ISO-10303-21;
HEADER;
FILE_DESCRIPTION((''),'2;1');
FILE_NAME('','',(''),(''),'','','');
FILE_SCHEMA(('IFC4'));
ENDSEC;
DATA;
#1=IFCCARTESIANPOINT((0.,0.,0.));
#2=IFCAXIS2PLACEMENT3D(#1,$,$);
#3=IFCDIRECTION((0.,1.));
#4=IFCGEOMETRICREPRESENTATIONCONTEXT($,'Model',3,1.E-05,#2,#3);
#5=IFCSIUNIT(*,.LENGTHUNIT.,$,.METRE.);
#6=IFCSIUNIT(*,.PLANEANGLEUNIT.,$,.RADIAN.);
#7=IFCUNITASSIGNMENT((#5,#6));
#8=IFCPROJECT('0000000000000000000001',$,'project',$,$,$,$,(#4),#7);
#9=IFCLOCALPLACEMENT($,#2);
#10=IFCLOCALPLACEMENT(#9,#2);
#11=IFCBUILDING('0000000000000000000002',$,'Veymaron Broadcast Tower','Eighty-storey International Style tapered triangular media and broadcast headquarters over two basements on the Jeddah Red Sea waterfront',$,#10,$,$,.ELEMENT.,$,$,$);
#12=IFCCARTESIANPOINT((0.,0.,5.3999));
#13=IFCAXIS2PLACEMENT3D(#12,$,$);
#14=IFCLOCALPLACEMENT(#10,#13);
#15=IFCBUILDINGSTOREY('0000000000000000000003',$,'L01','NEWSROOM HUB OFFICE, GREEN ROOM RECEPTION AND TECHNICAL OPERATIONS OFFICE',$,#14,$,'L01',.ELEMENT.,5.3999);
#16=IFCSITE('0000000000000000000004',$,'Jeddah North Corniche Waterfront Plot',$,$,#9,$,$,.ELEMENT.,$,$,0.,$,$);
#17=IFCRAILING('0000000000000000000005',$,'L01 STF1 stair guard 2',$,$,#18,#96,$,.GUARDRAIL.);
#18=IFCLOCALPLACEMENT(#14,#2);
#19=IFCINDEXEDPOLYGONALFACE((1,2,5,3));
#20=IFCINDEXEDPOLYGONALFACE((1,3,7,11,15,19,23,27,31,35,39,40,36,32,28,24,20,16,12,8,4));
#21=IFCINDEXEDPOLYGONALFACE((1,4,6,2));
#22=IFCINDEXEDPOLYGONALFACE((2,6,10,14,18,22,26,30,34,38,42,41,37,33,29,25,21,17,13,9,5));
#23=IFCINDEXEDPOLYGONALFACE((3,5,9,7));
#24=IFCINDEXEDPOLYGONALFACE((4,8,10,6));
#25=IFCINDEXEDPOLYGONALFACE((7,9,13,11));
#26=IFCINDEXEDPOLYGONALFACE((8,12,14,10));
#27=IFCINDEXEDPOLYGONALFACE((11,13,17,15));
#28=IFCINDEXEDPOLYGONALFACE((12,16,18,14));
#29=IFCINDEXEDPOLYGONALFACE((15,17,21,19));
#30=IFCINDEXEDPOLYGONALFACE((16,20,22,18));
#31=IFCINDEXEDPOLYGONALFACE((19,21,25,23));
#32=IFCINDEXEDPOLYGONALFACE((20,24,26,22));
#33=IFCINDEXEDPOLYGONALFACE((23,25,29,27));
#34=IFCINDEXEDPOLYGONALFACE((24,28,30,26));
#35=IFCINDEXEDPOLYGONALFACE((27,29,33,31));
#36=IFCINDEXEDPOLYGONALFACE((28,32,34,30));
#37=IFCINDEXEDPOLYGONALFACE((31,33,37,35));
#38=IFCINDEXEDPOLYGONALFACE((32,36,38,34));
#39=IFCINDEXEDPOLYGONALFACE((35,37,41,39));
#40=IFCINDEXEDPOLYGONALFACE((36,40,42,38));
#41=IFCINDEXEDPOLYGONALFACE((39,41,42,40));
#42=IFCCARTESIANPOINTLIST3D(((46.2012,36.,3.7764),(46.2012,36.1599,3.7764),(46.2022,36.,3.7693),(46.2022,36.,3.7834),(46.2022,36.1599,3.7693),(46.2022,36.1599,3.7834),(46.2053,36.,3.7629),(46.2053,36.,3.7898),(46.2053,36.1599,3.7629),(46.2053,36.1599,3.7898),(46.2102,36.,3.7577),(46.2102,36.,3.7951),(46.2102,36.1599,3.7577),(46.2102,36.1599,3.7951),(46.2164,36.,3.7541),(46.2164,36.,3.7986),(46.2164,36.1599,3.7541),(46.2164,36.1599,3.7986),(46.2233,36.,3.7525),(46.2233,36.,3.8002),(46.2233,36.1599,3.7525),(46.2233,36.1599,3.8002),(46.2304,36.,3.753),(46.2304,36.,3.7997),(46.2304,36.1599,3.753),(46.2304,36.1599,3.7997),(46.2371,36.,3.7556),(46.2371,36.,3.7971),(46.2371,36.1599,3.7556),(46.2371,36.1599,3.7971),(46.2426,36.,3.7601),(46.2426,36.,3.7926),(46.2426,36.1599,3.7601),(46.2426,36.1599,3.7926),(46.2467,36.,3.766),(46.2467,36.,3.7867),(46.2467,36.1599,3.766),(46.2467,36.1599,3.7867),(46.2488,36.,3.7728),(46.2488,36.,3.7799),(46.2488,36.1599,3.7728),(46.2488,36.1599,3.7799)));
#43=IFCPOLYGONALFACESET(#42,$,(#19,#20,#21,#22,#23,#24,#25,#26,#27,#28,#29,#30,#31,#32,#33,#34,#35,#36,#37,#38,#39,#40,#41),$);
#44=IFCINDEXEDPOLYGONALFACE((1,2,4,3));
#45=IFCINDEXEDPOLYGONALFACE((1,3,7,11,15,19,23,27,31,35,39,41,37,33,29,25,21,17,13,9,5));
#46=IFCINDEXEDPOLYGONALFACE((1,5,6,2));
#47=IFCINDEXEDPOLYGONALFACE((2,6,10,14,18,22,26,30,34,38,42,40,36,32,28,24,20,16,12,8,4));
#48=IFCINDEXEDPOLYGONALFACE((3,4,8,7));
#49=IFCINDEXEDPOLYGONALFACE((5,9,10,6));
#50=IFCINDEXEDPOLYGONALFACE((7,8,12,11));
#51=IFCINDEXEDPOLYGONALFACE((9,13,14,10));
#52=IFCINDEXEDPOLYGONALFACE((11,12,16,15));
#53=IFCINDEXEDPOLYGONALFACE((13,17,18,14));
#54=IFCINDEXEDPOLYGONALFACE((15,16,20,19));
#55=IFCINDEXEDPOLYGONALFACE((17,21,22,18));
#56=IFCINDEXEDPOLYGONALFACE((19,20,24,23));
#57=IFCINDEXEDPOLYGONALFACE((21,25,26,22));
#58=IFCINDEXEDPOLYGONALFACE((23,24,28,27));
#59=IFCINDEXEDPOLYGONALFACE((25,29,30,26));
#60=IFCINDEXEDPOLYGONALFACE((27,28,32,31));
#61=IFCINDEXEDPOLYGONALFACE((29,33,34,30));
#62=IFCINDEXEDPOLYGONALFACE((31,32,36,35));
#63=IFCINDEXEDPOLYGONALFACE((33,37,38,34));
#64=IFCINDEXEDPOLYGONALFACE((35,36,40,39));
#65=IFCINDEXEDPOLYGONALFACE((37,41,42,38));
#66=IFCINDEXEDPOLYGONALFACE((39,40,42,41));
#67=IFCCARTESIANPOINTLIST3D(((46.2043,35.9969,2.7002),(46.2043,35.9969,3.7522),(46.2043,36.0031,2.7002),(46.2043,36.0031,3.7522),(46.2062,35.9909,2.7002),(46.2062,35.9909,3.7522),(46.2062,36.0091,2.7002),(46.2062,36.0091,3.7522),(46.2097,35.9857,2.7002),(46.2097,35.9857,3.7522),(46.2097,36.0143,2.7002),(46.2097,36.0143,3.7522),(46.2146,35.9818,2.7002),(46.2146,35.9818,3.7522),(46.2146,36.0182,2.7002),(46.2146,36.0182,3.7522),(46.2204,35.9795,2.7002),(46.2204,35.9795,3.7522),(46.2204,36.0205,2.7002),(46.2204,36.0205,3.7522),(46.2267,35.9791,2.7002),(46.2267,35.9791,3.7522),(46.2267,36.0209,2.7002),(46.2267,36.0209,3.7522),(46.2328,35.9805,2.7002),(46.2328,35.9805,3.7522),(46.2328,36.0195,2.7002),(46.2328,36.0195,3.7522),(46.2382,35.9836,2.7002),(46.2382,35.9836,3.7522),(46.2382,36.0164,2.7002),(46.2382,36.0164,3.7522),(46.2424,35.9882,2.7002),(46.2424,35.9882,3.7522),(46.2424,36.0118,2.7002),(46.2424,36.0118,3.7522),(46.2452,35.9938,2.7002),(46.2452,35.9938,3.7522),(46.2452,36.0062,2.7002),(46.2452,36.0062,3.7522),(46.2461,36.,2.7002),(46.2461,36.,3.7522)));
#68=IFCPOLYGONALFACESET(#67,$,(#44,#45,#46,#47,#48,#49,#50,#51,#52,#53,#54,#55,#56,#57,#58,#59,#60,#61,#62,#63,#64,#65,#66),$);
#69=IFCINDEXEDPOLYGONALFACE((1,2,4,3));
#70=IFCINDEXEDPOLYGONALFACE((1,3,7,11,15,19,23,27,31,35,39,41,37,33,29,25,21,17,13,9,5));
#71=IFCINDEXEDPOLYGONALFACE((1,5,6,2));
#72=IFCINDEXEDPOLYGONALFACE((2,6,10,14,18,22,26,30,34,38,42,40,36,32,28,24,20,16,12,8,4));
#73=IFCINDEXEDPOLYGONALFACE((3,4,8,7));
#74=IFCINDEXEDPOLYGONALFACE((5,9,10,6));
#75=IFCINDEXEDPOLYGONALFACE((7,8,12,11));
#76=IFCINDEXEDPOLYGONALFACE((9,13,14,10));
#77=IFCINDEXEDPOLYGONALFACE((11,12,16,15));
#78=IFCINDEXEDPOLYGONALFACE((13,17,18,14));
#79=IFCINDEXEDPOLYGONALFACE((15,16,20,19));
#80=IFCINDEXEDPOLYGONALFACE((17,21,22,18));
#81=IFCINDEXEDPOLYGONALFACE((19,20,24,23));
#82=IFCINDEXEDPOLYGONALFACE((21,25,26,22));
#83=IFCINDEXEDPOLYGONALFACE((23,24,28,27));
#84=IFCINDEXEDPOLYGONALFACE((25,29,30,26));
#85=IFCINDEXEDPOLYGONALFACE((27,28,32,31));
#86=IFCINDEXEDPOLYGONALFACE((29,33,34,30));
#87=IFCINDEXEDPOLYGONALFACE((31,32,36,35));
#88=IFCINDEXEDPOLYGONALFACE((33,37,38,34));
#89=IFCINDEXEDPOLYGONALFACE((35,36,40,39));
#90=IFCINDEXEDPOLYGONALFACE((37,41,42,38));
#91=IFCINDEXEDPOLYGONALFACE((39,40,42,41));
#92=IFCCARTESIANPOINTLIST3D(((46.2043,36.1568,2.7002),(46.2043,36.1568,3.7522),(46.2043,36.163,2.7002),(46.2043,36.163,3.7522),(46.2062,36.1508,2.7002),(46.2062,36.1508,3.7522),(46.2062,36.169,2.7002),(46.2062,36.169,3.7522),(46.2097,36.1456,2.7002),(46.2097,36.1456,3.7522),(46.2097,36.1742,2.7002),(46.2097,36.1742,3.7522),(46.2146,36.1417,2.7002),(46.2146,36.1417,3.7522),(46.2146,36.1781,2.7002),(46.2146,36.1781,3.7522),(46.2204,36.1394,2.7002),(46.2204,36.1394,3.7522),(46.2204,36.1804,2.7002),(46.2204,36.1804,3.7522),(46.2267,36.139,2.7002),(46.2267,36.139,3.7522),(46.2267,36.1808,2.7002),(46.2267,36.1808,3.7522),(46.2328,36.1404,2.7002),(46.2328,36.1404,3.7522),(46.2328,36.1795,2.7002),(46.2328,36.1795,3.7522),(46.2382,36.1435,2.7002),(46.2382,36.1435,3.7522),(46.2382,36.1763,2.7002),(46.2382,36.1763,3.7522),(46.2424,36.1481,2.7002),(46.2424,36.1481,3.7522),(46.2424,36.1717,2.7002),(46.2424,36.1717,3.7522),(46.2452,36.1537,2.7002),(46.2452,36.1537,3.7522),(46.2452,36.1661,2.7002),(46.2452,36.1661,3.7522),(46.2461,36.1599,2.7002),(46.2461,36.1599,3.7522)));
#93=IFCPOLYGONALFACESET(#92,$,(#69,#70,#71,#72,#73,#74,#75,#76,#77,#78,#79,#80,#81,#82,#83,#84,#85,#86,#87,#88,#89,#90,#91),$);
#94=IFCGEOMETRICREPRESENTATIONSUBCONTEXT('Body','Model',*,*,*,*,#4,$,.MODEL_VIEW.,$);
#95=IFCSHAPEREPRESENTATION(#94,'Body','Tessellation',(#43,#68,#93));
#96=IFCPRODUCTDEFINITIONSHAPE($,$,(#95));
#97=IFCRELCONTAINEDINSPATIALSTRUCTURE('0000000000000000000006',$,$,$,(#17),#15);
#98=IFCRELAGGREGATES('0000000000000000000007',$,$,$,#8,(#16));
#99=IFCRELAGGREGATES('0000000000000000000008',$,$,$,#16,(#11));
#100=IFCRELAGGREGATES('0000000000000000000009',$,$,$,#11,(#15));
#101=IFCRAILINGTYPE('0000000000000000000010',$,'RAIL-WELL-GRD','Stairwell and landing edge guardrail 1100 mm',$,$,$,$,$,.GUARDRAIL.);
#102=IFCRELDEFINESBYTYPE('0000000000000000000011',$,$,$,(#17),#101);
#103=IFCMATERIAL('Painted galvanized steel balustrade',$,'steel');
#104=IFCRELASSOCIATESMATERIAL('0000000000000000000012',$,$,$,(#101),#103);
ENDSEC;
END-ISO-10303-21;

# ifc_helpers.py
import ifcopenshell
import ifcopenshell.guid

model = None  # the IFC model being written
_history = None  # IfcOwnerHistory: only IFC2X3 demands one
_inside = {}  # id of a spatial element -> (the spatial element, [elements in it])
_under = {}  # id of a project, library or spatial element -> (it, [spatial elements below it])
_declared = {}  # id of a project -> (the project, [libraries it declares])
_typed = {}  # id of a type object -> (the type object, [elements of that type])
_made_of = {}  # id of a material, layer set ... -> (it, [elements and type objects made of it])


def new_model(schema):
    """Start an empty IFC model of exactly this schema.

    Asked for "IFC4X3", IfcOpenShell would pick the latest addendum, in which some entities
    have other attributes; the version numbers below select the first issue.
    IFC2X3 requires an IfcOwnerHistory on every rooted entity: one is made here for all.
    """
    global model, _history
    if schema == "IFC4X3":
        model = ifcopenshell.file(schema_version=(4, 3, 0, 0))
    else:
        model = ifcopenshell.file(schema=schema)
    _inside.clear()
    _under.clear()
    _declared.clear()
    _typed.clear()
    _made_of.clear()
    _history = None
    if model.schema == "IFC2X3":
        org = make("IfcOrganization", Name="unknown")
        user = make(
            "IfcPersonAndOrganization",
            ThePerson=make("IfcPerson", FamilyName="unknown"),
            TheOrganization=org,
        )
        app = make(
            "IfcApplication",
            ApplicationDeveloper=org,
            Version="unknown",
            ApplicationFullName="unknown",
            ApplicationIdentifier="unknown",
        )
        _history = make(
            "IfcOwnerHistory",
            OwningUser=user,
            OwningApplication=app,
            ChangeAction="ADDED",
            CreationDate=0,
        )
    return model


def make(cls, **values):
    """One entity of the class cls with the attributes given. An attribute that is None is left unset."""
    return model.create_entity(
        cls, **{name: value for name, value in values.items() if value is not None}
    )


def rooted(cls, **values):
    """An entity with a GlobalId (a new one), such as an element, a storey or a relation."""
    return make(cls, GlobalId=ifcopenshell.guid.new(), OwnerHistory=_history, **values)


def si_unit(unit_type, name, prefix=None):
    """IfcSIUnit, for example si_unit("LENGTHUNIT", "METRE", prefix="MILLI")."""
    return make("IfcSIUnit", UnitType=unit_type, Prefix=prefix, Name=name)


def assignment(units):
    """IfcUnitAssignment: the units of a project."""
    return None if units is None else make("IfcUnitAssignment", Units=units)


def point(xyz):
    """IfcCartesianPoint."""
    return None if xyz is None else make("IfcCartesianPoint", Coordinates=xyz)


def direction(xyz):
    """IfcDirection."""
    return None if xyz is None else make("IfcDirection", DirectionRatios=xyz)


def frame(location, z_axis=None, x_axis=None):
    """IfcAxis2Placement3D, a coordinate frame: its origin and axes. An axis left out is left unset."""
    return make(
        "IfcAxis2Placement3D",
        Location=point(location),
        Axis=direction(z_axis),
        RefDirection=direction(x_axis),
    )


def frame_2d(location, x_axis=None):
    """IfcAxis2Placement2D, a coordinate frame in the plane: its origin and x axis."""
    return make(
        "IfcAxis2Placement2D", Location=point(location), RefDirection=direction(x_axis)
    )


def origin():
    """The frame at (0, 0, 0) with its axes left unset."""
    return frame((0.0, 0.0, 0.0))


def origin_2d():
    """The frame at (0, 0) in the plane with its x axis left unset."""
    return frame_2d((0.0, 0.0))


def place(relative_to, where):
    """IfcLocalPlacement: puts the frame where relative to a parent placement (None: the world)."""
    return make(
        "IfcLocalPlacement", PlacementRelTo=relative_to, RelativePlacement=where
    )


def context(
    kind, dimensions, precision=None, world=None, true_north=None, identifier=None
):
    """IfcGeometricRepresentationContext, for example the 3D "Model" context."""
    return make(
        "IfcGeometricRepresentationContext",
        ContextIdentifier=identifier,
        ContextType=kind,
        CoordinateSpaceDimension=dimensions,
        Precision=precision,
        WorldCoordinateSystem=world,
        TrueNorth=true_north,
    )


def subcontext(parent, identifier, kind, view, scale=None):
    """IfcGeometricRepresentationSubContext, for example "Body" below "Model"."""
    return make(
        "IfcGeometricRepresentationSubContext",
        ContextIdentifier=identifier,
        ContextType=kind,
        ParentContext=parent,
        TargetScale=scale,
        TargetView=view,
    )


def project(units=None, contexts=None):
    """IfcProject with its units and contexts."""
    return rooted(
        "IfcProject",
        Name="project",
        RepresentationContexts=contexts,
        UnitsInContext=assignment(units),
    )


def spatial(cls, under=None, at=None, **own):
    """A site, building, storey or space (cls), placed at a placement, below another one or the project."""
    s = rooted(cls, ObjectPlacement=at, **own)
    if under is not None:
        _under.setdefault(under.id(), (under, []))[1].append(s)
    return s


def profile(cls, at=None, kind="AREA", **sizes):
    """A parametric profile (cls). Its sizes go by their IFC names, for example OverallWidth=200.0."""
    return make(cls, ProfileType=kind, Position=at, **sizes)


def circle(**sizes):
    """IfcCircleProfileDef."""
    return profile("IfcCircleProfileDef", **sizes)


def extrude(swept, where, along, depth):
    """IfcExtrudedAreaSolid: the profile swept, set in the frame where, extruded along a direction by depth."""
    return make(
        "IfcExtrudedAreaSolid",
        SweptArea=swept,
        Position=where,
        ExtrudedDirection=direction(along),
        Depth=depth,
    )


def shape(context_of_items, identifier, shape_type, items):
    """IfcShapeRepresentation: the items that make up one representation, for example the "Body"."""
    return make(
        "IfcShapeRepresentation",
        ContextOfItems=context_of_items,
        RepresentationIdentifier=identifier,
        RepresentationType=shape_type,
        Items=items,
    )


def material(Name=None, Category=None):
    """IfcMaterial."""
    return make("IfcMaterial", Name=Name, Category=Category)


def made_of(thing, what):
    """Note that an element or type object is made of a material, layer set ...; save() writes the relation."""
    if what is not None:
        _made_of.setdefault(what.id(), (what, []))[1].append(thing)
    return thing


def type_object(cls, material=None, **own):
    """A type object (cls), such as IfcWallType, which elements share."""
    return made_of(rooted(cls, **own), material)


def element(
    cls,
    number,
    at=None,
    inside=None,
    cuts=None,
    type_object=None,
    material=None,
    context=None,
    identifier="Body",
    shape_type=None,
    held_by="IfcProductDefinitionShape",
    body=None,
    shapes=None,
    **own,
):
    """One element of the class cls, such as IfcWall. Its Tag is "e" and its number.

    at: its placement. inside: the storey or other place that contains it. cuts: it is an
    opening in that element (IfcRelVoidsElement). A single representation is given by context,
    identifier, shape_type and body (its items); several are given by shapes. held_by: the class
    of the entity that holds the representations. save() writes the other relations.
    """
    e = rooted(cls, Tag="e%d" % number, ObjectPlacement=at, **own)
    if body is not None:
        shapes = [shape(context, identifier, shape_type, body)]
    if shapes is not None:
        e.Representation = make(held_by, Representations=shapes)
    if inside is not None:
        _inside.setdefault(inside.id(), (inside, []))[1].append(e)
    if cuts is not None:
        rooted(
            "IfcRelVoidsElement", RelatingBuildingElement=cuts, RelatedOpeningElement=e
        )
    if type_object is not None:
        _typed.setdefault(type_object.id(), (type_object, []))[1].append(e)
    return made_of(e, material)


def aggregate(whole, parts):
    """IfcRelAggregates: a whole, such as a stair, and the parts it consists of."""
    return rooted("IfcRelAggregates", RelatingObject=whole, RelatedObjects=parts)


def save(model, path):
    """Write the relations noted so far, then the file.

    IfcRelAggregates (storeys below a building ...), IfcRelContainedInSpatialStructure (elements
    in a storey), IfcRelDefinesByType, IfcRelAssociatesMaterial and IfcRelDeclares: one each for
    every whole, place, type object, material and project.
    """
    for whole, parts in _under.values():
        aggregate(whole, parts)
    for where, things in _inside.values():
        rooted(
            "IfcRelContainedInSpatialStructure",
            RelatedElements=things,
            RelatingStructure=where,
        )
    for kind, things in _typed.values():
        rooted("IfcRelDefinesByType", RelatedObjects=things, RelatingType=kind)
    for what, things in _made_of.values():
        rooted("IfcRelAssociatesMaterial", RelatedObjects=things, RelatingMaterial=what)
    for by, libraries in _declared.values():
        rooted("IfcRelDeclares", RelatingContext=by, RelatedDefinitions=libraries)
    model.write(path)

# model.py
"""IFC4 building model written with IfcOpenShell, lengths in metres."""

from ifc_helpers import new_model, si_unit, direction, frame, origin, origin_2d, place, context, subcontext, project, spatial, circle, extrude, material, type_object, element, save


model = new_model("IFC4")

# Units and contexts
model_context = context("Model", 3, precision=1e-05, world=origin(), true_north=direction((0.0, 1.0)))
body_context = subcontext(model_context, "Body", "Model", "MODEL_VIEW")
ifc_project = project(units=[si_unit("LENGTHUNIT", "METRE"), si_unit("PLANEANGLEUNIT", "RADIAN")], contexts=[model_context])

# Site, building, storey
site_placement = place(None, origin())
site = spatial("IfcSite", under=ifc_project, at=site_placement, Name="Jeddah North Corniche Waterfront Plot", CompositionType="ELEMENT", RefElevation=0.0)
building_placement = place(site_placement, origin())
building = spatial("IfcBuilding", under=site, at=building_placement, Name="Veymaron Broadcast Tower", Description="Eighty-storey International Style tapered triangular media and broadcast headquarters over two basements on the Jeddah Red Sea waterfront", CompositionType="ELEMENT")
storey_placement = place(building_placement, frame((0.0, 0.0, 5.3999)))
storey = spatial("IfcBuildingStorey", under=building, at=storey_placement, Name="L01", Description="NEWSROOM HUB OFFICE, GREEN ROOM RECEPTION AND TECHNICAL OPERATIONS OFFICE", LongName="L01", CompositionType="ELEMENT", Elevation=5.3999)

# Railing
ifc_material_1 = material(Name="Painted galvanized steel balustrade", Category="steel")
railing_type_1 = type_object("IfcRailingType", Name="RAIL-WELL-GRD", Description="Stairwell and landing edge guardrail 1100 mm", PredefinedType="GUARDRAIL", material=ifc_material_1)
railing_1_placement = place(storey_placement, frame((46.2251, 36.0, 2.7002)))
element("IfcRailing", 1, at=railing_1_placement, inside=storey, type_object=railing_type_1, Name="L01 STF1 stair guard 2", PredefinedType="GUARDRAIL", context=body_context, shape_type="SweptSolid", body=[
    extrude(circle(Radius=0.0239, at=origin_2d()), frame((0.0, 0.0, 1.0762), z_axis=(0.0, 1.0, 0.0), x_axis=(-1.0, 0.0, 0.0)), (0.0, 0.0, 1.0), 0.1599),
    extrude(circle(Radius=0.021, at=origin_2d()), origin(), (0.0, 0.0, 1.0), 1.052),
    extrude(circle(Radius=0.021, at=origin_2d()), frame((0.0, 0.1599, 0.0)), (0.0, 0.0, 1.0), 1.052),
])

save(model, "model.ifc")
